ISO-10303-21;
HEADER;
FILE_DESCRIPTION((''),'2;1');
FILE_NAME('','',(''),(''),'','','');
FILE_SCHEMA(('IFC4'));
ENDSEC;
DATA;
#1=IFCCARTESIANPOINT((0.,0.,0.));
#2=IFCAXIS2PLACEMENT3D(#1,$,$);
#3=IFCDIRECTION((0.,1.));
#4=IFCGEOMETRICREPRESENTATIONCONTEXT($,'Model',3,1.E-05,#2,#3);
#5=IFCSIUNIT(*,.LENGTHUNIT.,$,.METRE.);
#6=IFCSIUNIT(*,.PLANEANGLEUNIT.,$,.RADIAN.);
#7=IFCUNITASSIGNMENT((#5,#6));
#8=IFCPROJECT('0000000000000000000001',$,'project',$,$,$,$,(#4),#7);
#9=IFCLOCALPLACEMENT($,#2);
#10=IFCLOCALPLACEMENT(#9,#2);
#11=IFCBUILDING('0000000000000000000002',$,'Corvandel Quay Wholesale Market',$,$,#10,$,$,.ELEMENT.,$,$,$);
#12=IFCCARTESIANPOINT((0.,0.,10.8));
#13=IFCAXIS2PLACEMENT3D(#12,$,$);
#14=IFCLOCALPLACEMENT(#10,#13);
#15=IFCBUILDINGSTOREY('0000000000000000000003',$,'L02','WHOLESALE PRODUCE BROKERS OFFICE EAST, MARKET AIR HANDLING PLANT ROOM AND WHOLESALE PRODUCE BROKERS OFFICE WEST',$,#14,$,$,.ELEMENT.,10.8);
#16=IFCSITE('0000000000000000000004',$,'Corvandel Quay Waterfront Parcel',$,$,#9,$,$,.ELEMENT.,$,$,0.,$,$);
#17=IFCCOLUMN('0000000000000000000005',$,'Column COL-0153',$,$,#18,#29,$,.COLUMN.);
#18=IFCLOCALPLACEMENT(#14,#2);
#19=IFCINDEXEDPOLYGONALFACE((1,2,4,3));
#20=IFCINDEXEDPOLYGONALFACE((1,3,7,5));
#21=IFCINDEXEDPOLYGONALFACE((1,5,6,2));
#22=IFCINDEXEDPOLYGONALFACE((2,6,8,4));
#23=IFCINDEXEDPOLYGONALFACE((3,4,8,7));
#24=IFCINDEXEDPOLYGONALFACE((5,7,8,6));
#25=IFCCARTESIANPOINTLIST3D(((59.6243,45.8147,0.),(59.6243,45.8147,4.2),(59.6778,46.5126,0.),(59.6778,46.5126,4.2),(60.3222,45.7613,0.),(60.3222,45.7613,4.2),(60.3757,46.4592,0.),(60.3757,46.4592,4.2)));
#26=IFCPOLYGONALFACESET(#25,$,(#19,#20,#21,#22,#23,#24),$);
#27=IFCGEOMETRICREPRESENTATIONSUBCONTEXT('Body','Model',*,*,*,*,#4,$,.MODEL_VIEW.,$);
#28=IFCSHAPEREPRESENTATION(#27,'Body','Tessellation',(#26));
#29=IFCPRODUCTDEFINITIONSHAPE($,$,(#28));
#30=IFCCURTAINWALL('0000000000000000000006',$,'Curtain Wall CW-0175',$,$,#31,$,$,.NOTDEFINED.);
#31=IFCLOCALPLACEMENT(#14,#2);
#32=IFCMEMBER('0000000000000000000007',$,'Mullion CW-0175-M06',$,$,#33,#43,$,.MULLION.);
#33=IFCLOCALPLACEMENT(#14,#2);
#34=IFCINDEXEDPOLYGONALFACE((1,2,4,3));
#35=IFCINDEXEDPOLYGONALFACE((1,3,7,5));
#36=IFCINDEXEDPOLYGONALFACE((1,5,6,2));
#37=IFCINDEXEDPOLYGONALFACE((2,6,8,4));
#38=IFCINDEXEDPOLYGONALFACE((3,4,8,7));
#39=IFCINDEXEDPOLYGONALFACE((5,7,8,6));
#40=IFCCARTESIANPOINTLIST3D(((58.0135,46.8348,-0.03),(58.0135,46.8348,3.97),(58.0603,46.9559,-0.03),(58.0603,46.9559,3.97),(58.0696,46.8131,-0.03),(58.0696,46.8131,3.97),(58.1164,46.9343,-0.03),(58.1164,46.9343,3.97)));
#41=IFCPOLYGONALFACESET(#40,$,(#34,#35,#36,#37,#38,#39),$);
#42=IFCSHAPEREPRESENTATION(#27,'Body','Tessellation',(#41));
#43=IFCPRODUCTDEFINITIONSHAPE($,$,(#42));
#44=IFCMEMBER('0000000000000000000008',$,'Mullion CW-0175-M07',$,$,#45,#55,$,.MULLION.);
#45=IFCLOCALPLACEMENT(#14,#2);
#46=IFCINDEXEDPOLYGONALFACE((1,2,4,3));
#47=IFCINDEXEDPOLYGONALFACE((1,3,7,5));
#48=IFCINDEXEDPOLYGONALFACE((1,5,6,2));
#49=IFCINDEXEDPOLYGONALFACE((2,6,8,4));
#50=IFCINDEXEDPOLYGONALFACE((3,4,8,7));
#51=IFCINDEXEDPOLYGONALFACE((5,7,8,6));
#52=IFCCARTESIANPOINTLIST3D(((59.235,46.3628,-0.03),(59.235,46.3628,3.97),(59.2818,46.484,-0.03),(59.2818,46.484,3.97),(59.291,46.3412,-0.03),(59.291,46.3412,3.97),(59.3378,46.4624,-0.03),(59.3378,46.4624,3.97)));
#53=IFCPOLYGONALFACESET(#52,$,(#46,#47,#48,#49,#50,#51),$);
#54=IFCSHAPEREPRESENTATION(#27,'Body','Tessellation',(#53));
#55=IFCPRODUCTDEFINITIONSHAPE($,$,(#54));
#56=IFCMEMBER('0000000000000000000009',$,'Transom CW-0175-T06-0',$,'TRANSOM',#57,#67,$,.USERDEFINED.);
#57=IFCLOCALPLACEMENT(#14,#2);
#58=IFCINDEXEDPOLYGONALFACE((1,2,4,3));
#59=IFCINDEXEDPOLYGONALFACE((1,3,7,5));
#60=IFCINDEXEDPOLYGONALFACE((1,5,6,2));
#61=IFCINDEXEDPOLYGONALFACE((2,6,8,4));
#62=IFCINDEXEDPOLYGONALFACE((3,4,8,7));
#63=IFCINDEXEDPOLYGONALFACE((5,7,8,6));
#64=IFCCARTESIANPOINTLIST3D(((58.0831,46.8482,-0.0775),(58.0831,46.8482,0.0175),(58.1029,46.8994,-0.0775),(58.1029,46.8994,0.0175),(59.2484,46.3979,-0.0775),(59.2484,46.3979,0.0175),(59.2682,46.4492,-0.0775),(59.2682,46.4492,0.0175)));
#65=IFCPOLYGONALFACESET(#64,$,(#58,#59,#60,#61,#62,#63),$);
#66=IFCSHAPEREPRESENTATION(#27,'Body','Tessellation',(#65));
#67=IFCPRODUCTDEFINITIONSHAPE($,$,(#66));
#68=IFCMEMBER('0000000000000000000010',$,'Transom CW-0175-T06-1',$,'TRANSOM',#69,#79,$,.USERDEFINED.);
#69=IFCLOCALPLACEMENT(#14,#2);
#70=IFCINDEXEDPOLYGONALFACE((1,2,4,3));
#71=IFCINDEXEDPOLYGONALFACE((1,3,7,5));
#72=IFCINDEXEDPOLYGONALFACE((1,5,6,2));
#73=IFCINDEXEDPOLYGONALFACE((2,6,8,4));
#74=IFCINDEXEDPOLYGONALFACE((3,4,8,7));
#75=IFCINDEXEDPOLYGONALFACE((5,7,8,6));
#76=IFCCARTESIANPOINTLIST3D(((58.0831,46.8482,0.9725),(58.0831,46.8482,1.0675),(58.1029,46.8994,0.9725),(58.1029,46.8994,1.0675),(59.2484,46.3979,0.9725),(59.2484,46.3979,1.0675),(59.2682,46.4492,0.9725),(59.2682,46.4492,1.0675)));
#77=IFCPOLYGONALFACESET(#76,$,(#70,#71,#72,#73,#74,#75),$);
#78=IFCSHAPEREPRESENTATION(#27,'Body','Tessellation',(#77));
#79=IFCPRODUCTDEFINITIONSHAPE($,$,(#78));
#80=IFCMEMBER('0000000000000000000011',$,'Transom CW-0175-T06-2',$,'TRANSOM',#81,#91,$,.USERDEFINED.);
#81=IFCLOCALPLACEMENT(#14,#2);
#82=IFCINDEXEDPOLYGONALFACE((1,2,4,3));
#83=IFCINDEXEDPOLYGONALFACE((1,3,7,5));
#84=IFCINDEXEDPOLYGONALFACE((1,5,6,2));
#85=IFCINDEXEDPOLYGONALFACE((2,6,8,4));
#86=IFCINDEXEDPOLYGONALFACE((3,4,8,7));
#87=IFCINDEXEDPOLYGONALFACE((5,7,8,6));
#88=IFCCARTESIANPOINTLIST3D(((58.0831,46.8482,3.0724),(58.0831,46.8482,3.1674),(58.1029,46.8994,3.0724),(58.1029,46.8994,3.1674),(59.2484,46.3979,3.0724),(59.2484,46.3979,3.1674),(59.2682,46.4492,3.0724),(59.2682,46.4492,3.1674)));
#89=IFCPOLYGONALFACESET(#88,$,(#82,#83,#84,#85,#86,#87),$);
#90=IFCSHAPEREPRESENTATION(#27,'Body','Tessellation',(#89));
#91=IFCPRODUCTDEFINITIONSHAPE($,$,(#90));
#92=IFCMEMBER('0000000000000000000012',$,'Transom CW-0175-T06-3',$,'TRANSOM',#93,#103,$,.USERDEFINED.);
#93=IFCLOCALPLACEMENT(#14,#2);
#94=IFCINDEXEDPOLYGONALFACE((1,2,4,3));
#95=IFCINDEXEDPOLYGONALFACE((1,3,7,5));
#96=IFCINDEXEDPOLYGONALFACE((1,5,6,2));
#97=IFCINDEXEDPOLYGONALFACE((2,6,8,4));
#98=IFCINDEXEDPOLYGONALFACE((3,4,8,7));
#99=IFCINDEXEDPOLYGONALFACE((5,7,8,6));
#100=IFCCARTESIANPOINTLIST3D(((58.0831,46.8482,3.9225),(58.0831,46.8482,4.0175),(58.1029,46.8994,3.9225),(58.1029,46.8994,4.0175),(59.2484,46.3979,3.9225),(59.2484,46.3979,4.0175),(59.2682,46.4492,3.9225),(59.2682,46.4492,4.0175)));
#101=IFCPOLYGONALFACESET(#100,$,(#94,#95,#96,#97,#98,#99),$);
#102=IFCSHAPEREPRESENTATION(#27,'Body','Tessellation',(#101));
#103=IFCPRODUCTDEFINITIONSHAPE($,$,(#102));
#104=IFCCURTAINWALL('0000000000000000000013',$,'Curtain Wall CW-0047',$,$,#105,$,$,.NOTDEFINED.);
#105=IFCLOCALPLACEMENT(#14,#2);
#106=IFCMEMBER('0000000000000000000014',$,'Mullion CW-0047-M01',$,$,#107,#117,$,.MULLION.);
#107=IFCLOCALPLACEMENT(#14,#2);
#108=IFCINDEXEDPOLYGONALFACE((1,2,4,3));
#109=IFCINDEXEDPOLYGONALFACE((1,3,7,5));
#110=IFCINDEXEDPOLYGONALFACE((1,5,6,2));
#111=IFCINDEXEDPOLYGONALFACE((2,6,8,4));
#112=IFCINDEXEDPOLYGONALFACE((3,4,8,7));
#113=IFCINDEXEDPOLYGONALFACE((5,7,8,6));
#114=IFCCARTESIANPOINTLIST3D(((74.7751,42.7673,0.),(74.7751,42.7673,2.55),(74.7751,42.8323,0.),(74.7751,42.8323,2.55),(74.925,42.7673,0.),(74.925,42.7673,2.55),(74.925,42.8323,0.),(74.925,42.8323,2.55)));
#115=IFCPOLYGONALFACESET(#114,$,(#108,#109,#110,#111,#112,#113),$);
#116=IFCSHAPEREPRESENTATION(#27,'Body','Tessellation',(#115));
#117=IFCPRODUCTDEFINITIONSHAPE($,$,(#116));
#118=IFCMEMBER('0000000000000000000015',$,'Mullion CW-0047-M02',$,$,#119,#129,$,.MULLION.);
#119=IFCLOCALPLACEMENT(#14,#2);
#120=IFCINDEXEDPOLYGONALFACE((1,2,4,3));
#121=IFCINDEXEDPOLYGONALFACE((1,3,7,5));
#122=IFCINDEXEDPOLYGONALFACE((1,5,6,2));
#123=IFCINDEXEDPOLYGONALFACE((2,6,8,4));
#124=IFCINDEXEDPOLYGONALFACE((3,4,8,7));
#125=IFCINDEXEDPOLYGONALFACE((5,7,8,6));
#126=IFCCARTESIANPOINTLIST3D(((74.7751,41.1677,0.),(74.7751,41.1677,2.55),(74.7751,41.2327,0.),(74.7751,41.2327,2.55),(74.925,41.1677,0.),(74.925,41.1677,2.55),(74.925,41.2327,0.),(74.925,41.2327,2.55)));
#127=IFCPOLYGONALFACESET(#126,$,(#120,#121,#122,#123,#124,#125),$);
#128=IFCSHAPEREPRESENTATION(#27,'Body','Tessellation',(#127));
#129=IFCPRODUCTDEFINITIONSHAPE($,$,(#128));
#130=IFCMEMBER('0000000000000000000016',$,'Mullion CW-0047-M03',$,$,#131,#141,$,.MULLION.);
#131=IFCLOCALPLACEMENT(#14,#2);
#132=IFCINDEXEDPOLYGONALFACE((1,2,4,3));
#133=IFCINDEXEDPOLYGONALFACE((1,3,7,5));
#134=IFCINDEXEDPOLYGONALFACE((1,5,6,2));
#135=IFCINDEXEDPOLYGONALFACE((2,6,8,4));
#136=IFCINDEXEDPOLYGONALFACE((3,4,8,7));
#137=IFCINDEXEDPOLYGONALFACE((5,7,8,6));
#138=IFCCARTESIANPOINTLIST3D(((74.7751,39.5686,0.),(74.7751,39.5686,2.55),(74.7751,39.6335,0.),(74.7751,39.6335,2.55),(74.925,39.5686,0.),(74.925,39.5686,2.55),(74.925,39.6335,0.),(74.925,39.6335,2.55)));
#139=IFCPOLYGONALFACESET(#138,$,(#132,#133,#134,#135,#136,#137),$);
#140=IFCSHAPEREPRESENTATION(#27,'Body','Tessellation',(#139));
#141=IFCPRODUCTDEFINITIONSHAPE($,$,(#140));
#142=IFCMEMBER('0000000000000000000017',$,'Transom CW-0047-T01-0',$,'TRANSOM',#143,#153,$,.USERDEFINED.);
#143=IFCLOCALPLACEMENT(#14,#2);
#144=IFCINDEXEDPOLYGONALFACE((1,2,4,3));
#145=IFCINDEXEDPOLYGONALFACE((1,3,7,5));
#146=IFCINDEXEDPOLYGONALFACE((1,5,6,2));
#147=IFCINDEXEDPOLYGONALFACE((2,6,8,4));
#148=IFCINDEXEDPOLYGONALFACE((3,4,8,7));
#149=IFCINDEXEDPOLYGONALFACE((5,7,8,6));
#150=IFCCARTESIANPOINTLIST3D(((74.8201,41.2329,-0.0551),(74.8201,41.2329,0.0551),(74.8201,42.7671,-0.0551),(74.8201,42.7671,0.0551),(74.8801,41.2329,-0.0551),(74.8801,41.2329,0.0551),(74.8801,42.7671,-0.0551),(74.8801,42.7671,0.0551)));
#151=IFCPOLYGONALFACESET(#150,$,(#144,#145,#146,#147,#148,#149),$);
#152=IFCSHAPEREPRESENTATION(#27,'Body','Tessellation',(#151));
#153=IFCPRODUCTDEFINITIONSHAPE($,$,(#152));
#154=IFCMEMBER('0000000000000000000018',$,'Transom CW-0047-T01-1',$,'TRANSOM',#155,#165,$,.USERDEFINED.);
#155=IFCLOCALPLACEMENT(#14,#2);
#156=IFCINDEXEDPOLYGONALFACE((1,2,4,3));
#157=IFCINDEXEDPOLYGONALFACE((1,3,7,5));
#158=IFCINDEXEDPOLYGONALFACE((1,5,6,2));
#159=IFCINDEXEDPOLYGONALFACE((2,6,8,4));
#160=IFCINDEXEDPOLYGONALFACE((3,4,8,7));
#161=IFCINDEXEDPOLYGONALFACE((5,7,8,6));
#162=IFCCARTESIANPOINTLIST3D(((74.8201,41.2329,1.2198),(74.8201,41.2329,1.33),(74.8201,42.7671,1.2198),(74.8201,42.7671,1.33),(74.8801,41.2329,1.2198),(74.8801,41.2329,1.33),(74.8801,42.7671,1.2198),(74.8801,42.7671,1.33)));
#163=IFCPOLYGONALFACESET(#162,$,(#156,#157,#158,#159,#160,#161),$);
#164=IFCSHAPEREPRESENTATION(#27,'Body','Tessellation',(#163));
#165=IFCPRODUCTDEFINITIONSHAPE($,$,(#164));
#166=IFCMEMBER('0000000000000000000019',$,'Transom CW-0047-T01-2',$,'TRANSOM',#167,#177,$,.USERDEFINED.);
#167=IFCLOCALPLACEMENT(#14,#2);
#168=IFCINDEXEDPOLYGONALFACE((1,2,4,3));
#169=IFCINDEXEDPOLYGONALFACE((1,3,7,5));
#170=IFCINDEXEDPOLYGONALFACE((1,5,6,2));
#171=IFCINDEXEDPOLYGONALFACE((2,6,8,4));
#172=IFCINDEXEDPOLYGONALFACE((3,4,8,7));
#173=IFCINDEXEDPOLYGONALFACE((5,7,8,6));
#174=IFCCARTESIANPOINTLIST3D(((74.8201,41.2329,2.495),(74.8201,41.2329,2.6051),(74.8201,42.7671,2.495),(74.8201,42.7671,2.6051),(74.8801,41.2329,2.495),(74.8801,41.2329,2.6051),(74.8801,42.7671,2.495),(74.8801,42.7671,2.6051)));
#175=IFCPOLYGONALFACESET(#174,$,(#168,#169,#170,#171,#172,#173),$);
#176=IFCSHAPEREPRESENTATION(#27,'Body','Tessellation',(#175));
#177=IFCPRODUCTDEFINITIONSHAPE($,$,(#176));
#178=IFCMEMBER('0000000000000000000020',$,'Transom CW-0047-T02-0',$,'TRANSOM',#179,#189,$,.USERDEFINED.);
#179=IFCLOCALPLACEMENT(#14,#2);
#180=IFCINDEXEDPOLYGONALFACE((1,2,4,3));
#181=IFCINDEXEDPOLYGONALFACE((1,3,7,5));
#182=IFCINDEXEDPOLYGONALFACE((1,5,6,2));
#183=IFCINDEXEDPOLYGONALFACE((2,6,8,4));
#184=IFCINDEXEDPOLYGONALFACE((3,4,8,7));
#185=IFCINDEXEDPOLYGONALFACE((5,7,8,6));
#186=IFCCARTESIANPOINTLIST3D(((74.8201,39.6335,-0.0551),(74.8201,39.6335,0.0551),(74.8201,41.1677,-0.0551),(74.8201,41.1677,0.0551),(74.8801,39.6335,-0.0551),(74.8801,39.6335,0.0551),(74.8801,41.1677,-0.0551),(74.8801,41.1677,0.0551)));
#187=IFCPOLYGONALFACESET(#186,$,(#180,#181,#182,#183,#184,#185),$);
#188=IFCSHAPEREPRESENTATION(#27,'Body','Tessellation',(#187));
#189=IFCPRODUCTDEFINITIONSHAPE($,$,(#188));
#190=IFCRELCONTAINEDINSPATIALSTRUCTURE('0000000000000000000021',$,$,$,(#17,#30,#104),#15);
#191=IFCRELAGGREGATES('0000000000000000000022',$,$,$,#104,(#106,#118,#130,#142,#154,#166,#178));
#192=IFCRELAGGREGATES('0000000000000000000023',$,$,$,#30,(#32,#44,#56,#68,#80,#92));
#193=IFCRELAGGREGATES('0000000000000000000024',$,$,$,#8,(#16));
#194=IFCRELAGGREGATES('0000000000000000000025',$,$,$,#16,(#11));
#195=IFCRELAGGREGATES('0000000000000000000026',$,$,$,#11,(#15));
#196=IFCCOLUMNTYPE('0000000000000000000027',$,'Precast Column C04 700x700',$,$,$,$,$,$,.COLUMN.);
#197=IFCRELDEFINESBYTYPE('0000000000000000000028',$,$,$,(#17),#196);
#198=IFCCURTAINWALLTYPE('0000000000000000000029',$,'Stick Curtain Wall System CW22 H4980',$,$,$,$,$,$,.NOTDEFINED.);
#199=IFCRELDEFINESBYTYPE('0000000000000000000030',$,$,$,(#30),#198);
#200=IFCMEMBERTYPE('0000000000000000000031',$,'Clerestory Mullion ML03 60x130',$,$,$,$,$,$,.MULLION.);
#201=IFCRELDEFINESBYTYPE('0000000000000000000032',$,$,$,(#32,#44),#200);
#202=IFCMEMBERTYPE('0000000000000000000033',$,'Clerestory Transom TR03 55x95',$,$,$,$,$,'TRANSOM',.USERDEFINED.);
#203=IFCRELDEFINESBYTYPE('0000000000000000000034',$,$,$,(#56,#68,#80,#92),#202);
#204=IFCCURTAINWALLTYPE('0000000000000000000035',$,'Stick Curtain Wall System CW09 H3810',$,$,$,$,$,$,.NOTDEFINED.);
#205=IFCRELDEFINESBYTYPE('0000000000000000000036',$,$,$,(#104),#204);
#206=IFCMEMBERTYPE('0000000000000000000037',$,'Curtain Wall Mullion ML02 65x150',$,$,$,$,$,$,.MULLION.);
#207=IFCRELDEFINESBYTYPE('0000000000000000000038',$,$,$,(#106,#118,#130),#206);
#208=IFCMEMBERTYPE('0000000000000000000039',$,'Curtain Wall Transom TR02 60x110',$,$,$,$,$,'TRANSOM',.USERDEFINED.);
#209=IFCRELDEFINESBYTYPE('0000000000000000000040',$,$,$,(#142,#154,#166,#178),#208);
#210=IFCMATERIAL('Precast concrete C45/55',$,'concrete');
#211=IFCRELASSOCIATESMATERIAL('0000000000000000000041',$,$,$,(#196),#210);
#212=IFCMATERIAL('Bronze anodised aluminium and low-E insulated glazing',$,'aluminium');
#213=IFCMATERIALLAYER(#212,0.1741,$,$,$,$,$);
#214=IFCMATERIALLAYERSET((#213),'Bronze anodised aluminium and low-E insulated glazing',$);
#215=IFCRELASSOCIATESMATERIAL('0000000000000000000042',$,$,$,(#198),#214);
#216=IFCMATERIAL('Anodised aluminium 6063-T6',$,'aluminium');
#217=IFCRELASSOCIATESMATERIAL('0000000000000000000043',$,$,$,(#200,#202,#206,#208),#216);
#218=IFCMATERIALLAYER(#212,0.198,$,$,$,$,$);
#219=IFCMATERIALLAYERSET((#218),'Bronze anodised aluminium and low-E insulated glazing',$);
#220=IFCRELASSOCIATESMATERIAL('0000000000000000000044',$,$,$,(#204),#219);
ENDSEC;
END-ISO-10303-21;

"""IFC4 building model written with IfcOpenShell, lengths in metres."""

from ifc_helpers import new_model, si_unit, direction, frame, origin, origin_2d, place, context, subcontext, project, spatial, rectangle, extrude, material, layer, layer_set, material_profile, profile_set, type_object, element, aggregate, save


model = new_model("IFC4")

# Units and contexts
model_context = context("Model", 3, precision=1e-05, world=origin(), true_north=direction((0.0, 1.0)))
body_context = subcontext(model_context, "Body", "Model", "MODEL_VIEW")
ifc_project = project(units=[si_unit("LENGTHUNIT", "METRE"), si_unit("PLANEANGLEUNIT", "RADIAN")], contexts=[model_context])

# Site, building, storey
site_placement = place(None, origin())
site = spatial("IfcSite", under=ifc_project, at=site_placement, Name="Corvandel Quay Waterfront Parcel", CompositionType="ELEMENT", RefElevation=0.0)
building_placement = place(site_placement, origin())
building = spatial("IfcBuilding", under=site, at=building_placement, Name="Corvandel Quay Wholesale Market", CompositionType="ELEMENT")
storey_placement = place(building_placement, frame((0.0, 0.0, 10.8)))
storey = spatial("IfcBuildingStorey", under=building, at=storey_placement, Name="L02", Description="WHOLESALE PRODUCE BROKERS OFFICE EAST, MARKET AIR HANDLING PLANT ROOM AND WHOLESALE PRODUCE BROKERS OFFICE WEST", CompositionType="ELEMENT", Elevation=10.8)

# Column
ifc_material_1 = material(Name="Precast concrete C45/55", Category="concrete")
ifc_material_profile_1 = material_profile(ifc_material_1, rectangle(XDim=0.7, YDim=0.7, at=origin_2d()), Name="PC-COL-700x700")
ifc_profile_set_1 = profile_set([ifc_material_profile_1], Name="Precast concrete C45/55")
column_type = type_object("IfcColumnType", Name="Precast Column C04 700x700", PredefinedType="COLUMN", material=ifc_profile_set_1)
column_placement = place(storey_placement, frame((60.0, 46.137, 0.0), z_axis=(0.0, 0.0, 1.0), x_axis=(0.076371, 0.997079, 0.0)))
element("IfcColumn", 1, at=column_placement, inside=storey, type_object=column_type, Name="Column COL-0153", PredefinedType="COLUMN", context=body_context, shape_type="SweptSolid", body=[
    extrude(rectangle(XDim=0.7, YDim=0.7, at=origin_2d()), origin(), (0.0, 0.0, 1.0), 4.2),
])

# Curtain walls, members
ifc_material_2 = material(Name="Bronze anodised aluminium and low-E insulated glazing", Category="aluminium")
ifc_layer_1 = layer(ifc_material_2, 0.1741)
ifc_layer_set_1 = layer_set([ifc_layer_1], Name="Bronze anodised aluminium and low-E insulated glazing")
curtain_wall_type_1 = type_object("IfcCurtainWallType", Name="Stick Curtain Wall System CW22 H4980", PredefinedType="NOTDEFINED", material=ifc_layer_set_1)
curtain_wall_1_placement = place(storey_placement, origin())
curtain_wall_1 = element("IfcCurtainWall", 2, at=curtain_wall_1_placement, inside=storey, type_object=curtain_wall_type_1, Name="Curtain Wall CW-0175", PredefinedType="NOTDEFINED")
ifc_material_3 = material(Name="Anodised aluminium 6063-T6", Category="aluminium")
ifc_material_profile_2 = material_profile(ifc_material_3, rectangle(XDim=0.0601, YDim=0.1299, at=origin_2d()), Name="ALU-MUL-60x130")
ifc_profile_set_2 = profile_set([ifc_material_profile_2], Name="Anodised aluminium 6063-T6")
member_type_1 = type_object("IfcMemberType", Name="Clerestory Mullion ML03 60x130", PredefinedType="MULLION", material=ifc_profile_set_2)
member_1_placement = place(storey_placement, frame((58.0649, 46.8845, -0.03), z_axis=(0.0, 0.0, 1.0), x_axis=(-0.932828, 0.360322, 0.0)))
member_1 = element("IfcMember", 3, at=member_1_placement, type_object=member_type_1, Name="Mullion CW-0175-M06", PredefinedType="MULLION", context=body_context, shape_type="SweptSolid", body=[
    extrude(rectangle(XDim=0.0601, YDim=0.1299, at=origin_2d()), origin(), (0.0, 0.0, 1.0), 4.0),
])
member_2_placement = place(storey_placement, frame((59.2864, 46.4126, -0.03), z_axis=(0.0, 0.0, 1.0), x_axis=(-0.932828, 0.360322, 0.0)))
member_2 = element("IfcMember", 4, at=member_2_placement, type_object=member_type_1, Name="Mullion CW-0175-M07", PredefinedType="MULLION", context=body_context, shape_type="SweptSolid", body=[
    extrude(rectangle(XDim=0.0601, YDim=0.1299, at=origin_2d()), origin(), (0.0, 0.0, 1.0), 4.0),
])
ifc_material_profile_3 = material_profile(ifc_material_3, rectangle(XDim=0.0549, YDim=0.095, at=origin_2d()), Name="ALU-TRN-55x95")
ifc_profile_set_3 = profile_set([ifc_material_profile_3], Name="Anodised aluminium 6063-T6")
member_type_2 = type_object("IfcMemberType", Name="Clerestory Transom TR03 55x95", ElementType="TRANSOM", PredefinedType="USERDEFINED", material=ifc_profile_set_3)
member_3_placement = place(storey_placement, frame((58.093, 46.8738, -0.03), z_axis=(0.932806, -0.36038, 0.0), x_axis=(0.36038, 0.932806, 0.0)))
member_3 = element("IfcMember", 5, at=member_3_placement, type_object=member_type_2, Name="Transom CW-0175-T06-0", ObjectType="TRANSOM", PredefinedType="USERDEFINED", context=body_context, shape_type="SweptSolid", body=[
    extrude(rectangle(XDim=0.0549, YDim=0.095, at=origin_2d()), origin(), (0.0, 0.0, 1.0), 1.2493),
])
member_4_placement = place(storey_placement, frame((58.093, 46.8738, 1.02), z_axis=(0.932806, -0.36038, 0.0), x_axis=(0.36038, 0.932806, 0.0)))
member_4 = element("IfcMember", 6, at=member_4_placement, type_object=member_type_2, Name="Transom CW-0175-T06-1", ObjectType="TRANSOM", PredefinedType="USERDEFINED", context=body_context, shape_type="SweptSolid", body=[
    extrude(rectangle(XDim=0.0549, YDim=0.095, at=origin_2d()), origin(), (0.0, 0.0, 1.0), 1.2493),
])
member_5_placement = place(storey_placement, frame((58.093, 46.8738, 3.1199), z_axis=(0.932806, -0.36038, 0.0), x_axis=(0.36038, 0.932806, 0.0)))
member_5 = element("IfcMember", 7, at=member_5_placement, type_object=member_type_2, Name="Transom CW-0175-T06-2", ObjectType="TRANSOM", PredefinedType="USERDEFINED", context=body_context, shape_type="SweptSolid", body=[
    extrude(rectangle(XDim=0.0549, YDim=0.095, at=origin_2d()), origin(), (0.0, 0.0, 1.0), 1.2493),
])
member_6_placement = place(storey_placement, frame((58.093, 46.8738, 3.97), z_axis=(0.932806, -0.36038, 0.0), x_axis=(0.36038, 0.932806, 0.0)))
member_6 = element("IfcMember", 8, at=member_6_placement, type_object=member_type_2, Name="Transom CW-0175-T06-3", ObjectType="TRANSOM", PredefinedType="USERDEFINED", context=body_context, shape_type="SweptSolid", body=[
    extrude(rectangle(XDim=0.0549, YDim=0.095, at=origin_2d()), origin(), (0.0, 0.0, 1.0), 1.2493),
])
ifc_layer_2 = layer(ifc_material_2, 0.198)
ifc_layer_set_2 = layer_set([ifc_layer_2], Name="Bronze anodised aluminium and low-E insulated glazing")
curtain_wall_type_2 = type_object("IfcCurtainWallType", Name="Stick Curtain Wall System CW09 H3810", PredefinedType="NOTDEFINED", material=ifc_layer_set_2)
curtain_wall_2_placement = place(storey_placement, origin())
curtain_wall_2 = element("IfcCurtainWall", 9, at=curtain_wall_2_placement, inside=storey, type_object=curtain_wall_type_2, Name="Curtain Wall CW-0047", PredefinedType="NOTDEFINED")
ifc_material_profile_4 = material_profile(ifc_material_3, rectangle(XDim=0.0649, YDim=0.1499, at=origin_2d()), Name="ALU-MUL-65x150")
ifc_profile_set_4 = profile_set([ifc_material_profile_4], Name="Anodised aluminium 6063-T6")
member_type_3 = type_object("IfcMemberType", Name="Curtain Wall Mullion ML02 65x150", PredefinedType="MULLION", material=ifc_profile_set_4)
member_7_placement = place(storey_placement, frame((74.8501, 42.7998, 0.0), z_axis=(0.0, 0.0, 1.0), x_axis=(0.0, 1.0, 0.0)))
member_7 = element("IfcMember", 10, at=member_7_placement, type_object=member_type_3, Name="Mullion CW-0047-M01", PredefinedType="MULLION", context=body_context, shape_type="SweptSolid", body=[
    extrude(rectangle(XDim=0.0649, YDim=0.1499, at=origin_2d()), origin(), (0.0, 0.0, 1.0), 2.55),
])
member_8_placement = place(storey_placement, frame((74.8501, 41.2002, 0.0), z_axis=(0.0, 0.0, 1.0), x_axis=(0.0, 1.0, 0.0)))
member_8 = element("IfcMember", 11, at=member_8_placement, type_object=member_type_3, Name="Mullion CW-0047-M02", PredefinedType="MULLION", context=body_context, shape_type="SweptSolid", body=[
    extrude(rectangle(XDim=0.0649, YDim=0.1499, at=origin_2d()), origin(), (0.0, 0.0, 1.0), 2.55),
])
member_9_placement = place(storey_placement, frame((74.8501, 39.6011, 0.0), z_axis=(0.0, 0.0, 1.0), x_axis=(0.0, 1.0, 0.0)))
member_9 = element("IfcMember", 12, at=member_9_placement, type_object=member_type_3, Name="Mullion CW-0047-M03", PredefinedType="MULLION", context=body_context, shape_type="SweptSolid", body=[
    extrude(rectangle(XDim=0.0649, YDim=0.1499, at=origin_2d()), origin(), (0.0, 0.0, 1.0), 2.55),
])
ifc_material_profile_5 = material_profile(ifc_material_3, rectangle(XDim=0.0601, YDim=0.1101, at=origin_2d()), Name="ALU-TRN-60x110")
ifc_profile_set_5 = profile_set([ifc_material_profile_5], Name="Anodised aluminium 6063-T6")
member_type_4 = type_object("IfcMemberType", Name="Curtain Wall Transom TR02 60x110", ElementType="TRANSOM", PredefinedType="USERDEFINED", material=ifc_profile_set_5)
member_10_placement = place(storey_placement, frame((74.8501, 42.7671, 0.0), z_axis=(0.0, -1.0, 0.0), x_axis=(1.0, 0.0, 0.0)))
member_10 = element("IfcMember", 13, at=member_10_placement, type_object=member_type_4, Name="Transom CW-0047-T01-0", ObjectType="TRANSOM", PredefinedType="USERDEFINED", context=body_context, shape_type="SweptSolid", body=[
    extrude(rectangle(XDim=0.0601, YDim=0.1101, at=origin_2d()), origin(), (0.0, 0.0, 1.0), 1.5342),
])
member_11_placement = place(storey_placement, frame((74.8501, 42.7671, 1.2749), z_axis=(0.0, -1.0, 0.0), x_axis=(1.0, 0.0, 0.0)))
member_11 = element("IfcMember", 14, at=member_11_placement, type_object=member_type_4, Name="Transom CW-0047-T01-1", ObjectType="TRANSOM", PredefinedType="USERDEFINED", context=body_context, shape_type="SweptSolid", body=[
    extrude(rectangle(XDim=0.0601, YDim=0.1101, at=origin_2d()), origin(), (0.0, 0.0, 1.0), 1.5342),
])
member_12_placement = place(storey_placement, frame((74.8501, 42.7671, 2.55), z_axis=(0.0, -1.0, 0.0), x_axis=(1.0, 0.0, 0.0)))
member_12 = element("IfcMember", 15, at=member_12_placement, type_object=member_type_4, Name="Transom CW-0047-T01-2", ObjectType="TRANSOM", PredefinedType="USERDEFINED", context=body_context, shape_type="SweptSolid", body=[
    extrude(rectangle(XDim=0.0601, YDim=0.1101, at=origin_2d()), origin(), (0.0, 0.0, 1.0), 1.5342),
])
member_13_placement = place(storey_placement, frame((74.8501, 41.1677, 0.0), z_axis=(0.0, -1.0, 0.0), x_axis=(1.0, 0.0, 0.0)))
member_13 = element("IfcMember", 16, at=member_13_placement, type_object=member_type_4, Name="Transom CW-0047-T02-0", ObjectType="TRANSOM", PredefinedType="USERDEFINED", context=body_context, shape_type="SweptSolid", body=[
    extrude(rectangle(XDim=0.0601, YDim=0.1101, at=origin_2d()), origin(), (0.0, 0.0, 1.0), 1.5342),
])

aggregate(curtain_wall_2, [member_7, member_8, member_9, member_10, member_11, member_12, member_13])
aggregate(curtain_wall_1, [member_1, member_2, member_3, member_4, member_5, member_6])

save(model, "model.ifc")
